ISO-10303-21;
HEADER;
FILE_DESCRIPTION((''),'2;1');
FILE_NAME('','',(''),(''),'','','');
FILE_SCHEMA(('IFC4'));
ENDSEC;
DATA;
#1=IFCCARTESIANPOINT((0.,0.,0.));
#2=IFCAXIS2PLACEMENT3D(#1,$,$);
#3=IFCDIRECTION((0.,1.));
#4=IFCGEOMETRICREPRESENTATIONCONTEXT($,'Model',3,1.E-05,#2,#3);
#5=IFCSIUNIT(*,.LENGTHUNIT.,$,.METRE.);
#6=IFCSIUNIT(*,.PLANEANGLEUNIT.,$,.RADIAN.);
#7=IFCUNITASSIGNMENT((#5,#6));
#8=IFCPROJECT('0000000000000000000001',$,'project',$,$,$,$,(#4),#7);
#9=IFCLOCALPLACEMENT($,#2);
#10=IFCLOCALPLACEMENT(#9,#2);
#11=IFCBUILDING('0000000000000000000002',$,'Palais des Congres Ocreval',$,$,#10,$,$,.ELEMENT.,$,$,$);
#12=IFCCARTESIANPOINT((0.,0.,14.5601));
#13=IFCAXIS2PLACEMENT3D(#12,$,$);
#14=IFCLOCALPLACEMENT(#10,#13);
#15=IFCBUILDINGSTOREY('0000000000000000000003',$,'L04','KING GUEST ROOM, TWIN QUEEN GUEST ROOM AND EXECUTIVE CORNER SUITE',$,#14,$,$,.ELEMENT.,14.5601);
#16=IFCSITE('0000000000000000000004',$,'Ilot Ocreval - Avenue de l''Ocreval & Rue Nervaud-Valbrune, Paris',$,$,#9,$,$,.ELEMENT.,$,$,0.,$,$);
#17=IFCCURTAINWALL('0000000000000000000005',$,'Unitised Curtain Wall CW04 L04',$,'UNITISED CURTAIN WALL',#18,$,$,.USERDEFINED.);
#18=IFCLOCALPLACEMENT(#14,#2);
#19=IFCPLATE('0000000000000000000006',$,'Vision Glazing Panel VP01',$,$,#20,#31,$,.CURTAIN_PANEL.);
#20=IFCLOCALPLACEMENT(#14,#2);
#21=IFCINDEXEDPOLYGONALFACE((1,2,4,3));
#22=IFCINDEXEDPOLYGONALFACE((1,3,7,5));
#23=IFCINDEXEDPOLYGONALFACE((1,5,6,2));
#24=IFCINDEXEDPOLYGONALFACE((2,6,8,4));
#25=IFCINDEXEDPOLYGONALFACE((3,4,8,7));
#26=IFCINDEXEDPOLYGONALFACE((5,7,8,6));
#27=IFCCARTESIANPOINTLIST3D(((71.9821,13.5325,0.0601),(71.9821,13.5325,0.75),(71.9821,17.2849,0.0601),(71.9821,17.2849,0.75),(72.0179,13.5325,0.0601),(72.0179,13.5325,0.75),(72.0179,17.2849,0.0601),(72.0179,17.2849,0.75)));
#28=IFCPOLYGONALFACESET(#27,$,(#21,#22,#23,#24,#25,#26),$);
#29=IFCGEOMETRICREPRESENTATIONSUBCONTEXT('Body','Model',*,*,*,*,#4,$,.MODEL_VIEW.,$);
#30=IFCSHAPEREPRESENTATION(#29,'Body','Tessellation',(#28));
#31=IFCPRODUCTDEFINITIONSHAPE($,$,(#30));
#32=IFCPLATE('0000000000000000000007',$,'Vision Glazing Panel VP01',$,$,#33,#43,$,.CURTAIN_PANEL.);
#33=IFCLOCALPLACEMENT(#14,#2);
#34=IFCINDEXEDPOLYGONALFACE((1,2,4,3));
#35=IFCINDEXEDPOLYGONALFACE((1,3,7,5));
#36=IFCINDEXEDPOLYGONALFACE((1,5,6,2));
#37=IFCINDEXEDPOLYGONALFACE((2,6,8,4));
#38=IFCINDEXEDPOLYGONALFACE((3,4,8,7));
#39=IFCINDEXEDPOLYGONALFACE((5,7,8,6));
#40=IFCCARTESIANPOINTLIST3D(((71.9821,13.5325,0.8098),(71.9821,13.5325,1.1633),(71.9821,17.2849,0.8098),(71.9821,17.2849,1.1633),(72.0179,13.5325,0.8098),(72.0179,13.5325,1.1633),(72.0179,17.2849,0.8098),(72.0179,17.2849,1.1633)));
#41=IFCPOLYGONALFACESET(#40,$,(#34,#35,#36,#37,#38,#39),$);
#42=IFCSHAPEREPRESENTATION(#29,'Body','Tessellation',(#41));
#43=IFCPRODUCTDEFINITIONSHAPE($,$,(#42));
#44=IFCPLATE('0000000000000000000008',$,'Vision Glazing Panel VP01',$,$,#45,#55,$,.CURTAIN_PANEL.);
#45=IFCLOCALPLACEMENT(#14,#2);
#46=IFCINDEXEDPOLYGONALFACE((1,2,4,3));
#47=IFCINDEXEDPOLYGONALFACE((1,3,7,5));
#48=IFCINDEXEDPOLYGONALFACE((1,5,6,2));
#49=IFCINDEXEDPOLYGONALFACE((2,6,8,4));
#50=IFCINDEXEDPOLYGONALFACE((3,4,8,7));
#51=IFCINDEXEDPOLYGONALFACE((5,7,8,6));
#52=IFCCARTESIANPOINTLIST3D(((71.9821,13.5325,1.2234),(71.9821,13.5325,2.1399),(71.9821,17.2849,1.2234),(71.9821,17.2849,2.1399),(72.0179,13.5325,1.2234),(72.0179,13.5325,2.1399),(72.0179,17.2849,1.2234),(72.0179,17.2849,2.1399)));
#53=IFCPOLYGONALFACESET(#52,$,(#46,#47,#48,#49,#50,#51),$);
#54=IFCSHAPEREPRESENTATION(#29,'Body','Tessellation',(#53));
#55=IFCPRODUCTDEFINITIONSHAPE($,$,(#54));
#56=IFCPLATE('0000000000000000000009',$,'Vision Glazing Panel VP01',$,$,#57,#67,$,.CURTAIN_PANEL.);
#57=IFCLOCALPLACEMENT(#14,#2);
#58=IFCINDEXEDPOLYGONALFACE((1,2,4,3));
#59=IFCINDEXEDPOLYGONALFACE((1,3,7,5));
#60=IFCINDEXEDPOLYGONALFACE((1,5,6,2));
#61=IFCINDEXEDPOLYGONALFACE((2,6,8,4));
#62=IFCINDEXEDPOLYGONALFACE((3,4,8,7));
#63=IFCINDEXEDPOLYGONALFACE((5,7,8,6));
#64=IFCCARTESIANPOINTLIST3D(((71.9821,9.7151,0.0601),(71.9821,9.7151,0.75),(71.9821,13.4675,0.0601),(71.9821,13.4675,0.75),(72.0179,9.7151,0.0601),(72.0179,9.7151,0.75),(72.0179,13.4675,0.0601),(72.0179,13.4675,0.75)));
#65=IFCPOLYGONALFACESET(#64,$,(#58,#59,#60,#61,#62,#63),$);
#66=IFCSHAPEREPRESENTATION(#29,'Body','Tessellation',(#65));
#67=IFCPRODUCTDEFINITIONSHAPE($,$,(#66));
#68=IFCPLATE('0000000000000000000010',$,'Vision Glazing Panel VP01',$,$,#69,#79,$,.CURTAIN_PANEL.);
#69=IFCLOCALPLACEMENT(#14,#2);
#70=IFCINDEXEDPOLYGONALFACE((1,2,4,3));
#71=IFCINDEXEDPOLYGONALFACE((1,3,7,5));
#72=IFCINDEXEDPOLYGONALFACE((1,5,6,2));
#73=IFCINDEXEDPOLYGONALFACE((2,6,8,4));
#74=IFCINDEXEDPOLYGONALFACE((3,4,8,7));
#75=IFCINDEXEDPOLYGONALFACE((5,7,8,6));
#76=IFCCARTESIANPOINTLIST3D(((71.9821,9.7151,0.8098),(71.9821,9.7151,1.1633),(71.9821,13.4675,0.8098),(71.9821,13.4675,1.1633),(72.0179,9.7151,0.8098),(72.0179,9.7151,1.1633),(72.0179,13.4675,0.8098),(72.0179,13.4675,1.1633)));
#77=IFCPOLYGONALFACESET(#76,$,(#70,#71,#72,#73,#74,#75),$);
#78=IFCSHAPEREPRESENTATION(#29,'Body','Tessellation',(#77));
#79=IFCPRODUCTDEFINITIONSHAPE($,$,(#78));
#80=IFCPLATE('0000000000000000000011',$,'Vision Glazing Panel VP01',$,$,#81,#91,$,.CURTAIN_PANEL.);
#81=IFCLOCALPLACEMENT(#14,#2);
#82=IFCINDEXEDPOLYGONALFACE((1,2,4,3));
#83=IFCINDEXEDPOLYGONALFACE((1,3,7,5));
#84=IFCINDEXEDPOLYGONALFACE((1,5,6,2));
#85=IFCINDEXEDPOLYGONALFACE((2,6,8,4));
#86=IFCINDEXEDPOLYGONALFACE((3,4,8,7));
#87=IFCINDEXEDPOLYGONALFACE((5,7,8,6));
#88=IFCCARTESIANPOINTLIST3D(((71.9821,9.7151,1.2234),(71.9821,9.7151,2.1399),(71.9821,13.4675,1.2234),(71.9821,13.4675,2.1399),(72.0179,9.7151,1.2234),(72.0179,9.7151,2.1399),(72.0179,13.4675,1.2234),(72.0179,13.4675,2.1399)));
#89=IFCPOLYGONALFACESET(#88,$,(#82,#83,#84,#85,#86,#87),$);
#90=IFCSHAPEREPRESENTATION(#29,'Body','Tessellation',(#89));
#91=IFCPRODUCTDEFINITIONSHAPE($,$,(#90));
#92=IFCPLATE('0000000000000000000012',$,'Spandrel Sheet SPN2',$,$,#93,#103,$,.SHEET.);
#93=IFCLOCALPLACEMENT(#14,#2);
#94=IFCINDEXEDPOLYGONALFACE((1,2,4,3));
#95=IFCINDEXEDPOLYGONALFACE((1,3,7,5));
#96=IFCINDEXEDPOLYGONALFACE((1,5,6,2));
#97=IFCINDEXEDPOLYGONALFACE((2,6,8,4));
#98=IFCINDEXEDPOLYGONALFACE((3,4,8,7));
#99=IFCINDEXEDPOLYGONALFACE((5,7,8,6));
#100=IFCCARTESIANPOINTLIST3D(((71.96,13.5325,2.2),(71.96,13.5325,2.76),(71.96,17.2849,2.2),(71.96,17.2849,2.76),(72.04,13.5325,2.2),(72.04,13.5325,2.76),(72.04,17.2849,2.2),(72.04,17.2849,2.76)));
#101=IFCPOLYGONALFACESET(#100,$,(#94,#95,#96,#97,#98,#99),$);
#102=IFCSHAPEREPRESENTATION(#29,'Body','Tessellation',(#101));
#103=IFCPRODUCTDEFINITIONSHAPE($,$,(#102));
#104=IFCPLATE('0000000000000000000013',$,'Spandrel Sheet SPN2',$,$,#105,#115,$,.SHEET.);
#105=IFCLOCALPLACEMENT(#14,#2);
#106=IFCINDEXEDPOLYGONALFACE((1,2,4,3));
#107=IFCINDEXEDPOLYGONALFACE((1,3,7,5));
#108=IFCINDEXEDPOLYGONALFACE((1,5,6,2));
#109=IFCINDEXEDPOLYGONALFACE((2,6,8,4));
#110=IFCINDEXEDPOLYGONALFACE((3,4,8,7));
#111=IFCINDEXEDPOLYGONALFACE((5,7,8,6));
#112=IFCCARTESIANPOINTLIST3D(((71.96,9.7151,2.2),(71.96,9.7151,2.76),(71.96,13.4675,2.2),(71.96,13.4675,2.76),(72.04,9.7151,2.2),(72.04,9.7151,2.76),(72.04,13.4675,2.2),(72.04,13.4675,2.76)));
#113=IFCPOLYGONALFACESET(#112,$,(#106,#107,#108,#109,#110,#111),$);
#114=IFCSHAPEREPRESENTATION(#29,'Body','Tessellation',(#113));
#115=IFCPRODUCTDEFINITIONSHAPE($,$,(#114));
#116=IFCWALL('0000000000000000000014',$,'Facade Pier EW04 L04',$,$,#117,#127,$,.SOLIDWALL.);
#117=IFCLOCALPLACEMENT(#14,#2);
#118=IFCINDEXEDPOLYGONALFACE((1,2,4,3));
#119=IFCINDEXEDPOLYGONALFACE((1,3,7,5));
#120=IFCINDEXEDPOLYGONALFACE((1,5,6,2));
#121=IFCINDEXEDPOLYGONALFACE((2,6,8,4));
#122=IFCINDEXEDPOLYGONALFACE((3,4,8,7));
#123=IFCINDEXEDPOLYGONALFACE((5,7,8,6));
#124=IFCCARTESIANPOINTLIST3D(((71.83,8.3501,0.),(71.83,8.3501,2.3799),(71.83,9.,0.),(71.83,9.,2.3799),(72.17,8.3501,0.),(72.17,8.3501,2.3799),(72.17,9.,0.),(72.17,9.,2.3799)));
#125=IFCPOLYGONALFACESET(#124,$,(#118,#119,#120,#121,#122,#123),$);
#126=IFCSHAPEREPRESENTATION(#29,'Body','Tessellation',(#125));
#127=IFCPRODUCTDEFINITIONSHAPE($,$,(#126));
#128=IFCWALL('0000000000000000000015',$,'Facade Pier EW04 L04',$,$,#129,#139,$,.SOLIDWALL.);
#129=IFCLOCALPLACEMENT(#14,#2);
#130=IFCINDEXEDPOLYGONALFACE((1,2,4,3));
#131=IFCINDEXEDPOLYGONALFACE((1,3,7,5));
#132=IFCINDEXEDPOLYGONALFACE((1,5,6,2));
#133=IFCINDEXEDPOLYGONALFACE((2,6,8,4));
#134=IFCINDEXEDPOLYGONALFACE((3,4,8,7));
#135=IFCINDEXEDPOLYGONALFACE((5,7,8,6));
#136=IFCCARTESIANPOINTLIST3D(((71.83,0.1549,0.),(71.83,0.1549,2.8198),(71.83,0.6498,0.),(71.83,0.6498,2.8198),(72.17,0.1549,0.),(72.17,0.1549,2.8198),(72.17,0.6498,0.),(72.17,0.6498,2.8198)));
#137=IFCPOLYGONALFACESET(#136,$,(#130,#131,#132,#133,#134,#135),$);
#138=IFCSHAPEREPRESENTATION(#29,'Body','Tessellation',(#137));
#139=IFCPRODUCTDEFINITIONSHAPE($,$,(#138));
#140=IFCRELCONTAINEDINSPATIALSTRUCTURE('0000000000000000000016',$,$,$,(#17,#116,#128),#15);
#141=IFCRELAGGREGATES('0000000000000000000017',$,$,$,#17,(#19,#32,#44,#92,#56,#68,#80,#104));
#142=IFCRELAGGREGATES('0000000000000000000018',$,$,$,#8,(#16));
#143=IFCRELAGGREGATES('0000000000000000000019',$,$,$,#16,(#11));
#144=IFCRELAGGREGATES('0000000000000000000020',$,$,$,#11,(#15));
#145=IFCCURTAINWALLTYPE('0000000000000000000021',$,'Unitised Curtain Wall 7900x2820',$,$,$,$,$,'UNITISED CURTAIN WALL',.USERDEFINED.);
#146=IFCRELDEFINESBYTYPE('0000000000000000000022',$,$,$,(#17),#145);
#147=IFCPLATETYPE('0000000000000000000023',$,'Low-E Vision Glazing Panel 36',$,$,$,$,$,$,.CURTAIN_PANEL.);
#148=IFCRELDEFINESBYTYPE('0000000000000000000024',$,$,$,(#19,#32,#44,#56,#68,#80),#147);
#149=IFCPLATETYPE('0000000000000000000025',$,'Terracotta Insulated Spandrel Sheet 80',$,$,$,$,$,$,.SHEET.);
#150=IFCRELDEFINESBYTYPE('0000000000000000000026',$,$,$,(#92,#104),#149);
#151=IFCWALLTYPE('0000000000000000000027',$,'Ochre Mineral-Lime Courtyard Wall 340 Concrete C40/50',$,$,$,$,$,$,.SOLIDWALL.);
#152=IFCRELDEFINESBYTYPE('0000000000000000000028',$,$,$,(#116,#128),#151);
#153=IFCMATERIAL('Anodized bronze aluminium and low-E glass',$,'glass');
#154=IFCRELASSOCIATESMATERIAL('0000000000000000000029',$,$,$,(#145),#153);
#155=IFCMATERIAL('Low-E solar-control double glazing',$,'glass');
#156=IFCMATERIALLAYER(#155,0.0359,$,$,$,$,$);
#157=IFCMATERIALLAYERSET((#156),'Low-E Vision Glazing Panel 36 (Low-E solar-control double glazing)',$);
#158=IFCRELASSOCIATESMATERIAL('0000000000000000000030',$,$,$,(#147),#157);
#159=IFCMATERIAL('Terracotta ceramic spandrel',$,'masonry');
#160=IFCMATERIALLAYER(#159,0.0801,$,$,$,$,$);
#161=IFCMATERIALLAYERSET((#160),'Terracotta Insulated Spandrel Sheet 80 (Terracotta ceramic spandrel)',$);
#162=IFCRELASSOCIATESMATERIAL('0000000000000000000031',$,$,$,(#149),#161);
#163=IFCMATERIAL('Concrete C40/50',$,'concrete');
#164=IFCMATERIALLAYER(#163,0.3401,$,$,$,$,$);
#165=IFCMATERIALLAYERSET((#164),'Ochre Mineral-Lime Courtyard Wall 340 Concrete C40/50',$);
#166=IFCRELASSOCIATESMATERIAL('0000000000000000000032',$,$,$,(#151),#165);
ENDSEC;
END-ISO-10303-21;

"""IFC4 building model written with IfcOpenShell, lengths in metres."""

from ifc_helpers import new_model, si_unit, direction, frame, frame_2d, origin, origin_2d, place, context, subcontext, project, spatial, rectangle, extrude, material, layer, layer_set, type_object, element, aggregate, save


model = new_model("IFC4")

# Units and contexts
model_context = context("Model", 3, precision=1e-05, world=origin(), true_north=direction((0.0, 1.0)))
body_context = subcontext(model_context, "Body", "Model", "MODEL_VIEW")
ifc_project = project(units=[si_unit("LENGTHUNIT", "METRE"), si_unit("PLANEANGLEUNIT", "RADIAN")], contexts=[model_context])

# Site, building, storey
site_placement = place(None, origin())
site = spatial("IfcSite", under=ifc_project, at=site_placement, Name="Ilot Ocreval - Avenue de l'Ocreval & Rue Nervaud-Valbrune, Paris", CompositionType="ELEMENT", RefElevation=0.0)
building_placement = place(site_placement, origin())
building = spatial("IfcBuilding", under=site, at=building_placement, Name="Palais des Congres Ocreval", CompositionType="ELEMENT")
storey_placement = place(building_placement, frame((0.0, 0.0, 14.5601)))
storey = spatial("IfcBuildingStorey", under=building, at=storey_placement, Name="L04", Description="KING GUEST ROOM, TWIN QUEEN GUEST ROOM AND EXECUTIVE CORNER SUITE", CompositionType="ELEMENT", Elevation=14.5601)

# Curtain wall
ifc_material_1 = material(Name="Anodized bronze aluminium and low-E glass", Category="glass")
curtain_wall_type = type_object("IfcCurtainWallType", Name="Unitised Curtain Wall 7900x2820", ElementType="UNITISED CURTAIN WALL", PredefinedType="USERDEFINED", material=ifc_material_1)
curtain_wall_1_placement = place(storey_placement, origin())
curtain_wall_1 = element("IfcCurtainWall", 1, at=curtain_wall_1_placement, inside=storey, type_object=curtain_wall_type, Name="Unitised Curtain Wall CW04 L04", ObjectType="UNITISED CURTAIN WALL", PredefinedType="USERDEFINED")

# Plates
ifc_material_2 = material(Name="Low-E solar-control double glazing", Category="glass")
ifc_layer_1 = layer(ifc_material_2, 0.0359)
ifc_layer_set_1 = layer_set([ifc_layer_1], Name="Low-E Vision Glazing Panel 36 (Low-E solar-control double glazing)")
plate_type_1 = type_object("IfcPlateType", Name="Low-E Vision Glazing Panel 36", PredefinedType="CURTAIN_PANEL", material=ifc_layer_set_1)
plate_1_placement = place(storey_placement, frame((72.0, 15.4087, 0.0601), z_axis=(0.0, 0.0, 1.0), x_axis=(0.0, -1.0, 0.0)))
plate_1 = element("IfcPlate", 2, at=plate_1_placement, type_object=plate_type_1, Name="Vision Glazing Panel VP01", PredefinedType="CURTAIN_PANEL", context=body_context, shape_type="SweptSolid", body=[
    extrude(rectangle(XDim=3.7524, YDim=0.0359, at=origin_2d()), origin(), (0.0, 0.0, 1.0), 0.6899),
])
plate_2_placement = place(storey_placement, frame((72.0, 15.4087, 0.8098), z_axis=(0.0, 0.0, 1.0), x_axis=(0.0, -1.0, 0.0)))
plate_2 = element("IfcPlate", 3, at=plate_2_placement, type_object=plate_type_1, Name="Vision Glazing Panel VP01", PredefinedType="CURTAIN_PANEL", context=body_context, shape_type="SweptSolid", body=[
    extrude(rectangle(XDim=3.7524, YDim=0.0359, at=origin_2d()), origin(), (0.0, 0.0, 1.0), 0.3535),
])
plate_3_placement = place(storey_placement, frame((72.0, 15.4087, 1.2234), z_axis=(0.0, 0.0, 1.0), x_axis=(0.0, -1.0, 0.0)))
plate_3 = element("IfcPlate", 4, at=plate_3_placement, type_object=plate_type_1, Name="Vision Glazing Panel VP01", PredefinedType="CURTAIN_PANEL", context=body_context, shape_type="SweptSolid", body=[
    extrude(rectangle(XDim=3.7524, YDim=0.0359, at=origin_2d()), origin(), (0.0, 0.0, 1.0), 0.9165),
])
plate_4_placement = place(storey_placement, frame((72.0, 11.5913, 0.0601), z_axis=(0.0, 0.0, 1.0), x_axis=(0.0, -1.0, 0.0)))
plate_4 = element("IfcPlate", 5, at=plate_4_placement, type_object=plate_type_1, Name="Vision Glazing Panel VP01", PredefinedType="CURTAIN_PANEL", context=body_context, shape_type="SweptSolid", body=[
    extrude(rectangle(XDim=3.7524, YDim=0.0359, at=origin_2d()), origin(), (0.0, 0.0, 1.0), 0.6899),
])
plate_5_placement = place(storey_placement, frame((72.0, 11.5913, 0.8098), z_axis=(0.0, 0.0, 1.0), x_axis=(0.0, -1.0, 0.0)))
plate_5 = element("IfcPlate", 6, at=plate_5_placement, type_object=plate_type_1, Name="Vision Glazing Panel VP01", PredefinedType="CURTAIN_PANEL", context=body_context, shape_type="SweptSolid", body=[
    extrude(rectangle(XDim=3.7524, YDim=0.0359, at=origin_2d()), origin(), (0.0, 0.0, 1.0), 0.3535),
])
plate_6_placement = place(storey_placement, frame((72.0, 11.5913, 1.2234), z_axis=(0.0, 0.0, 1.0), x_axis=(0.0, -1.0, 0.0)))
plate_6 = element("IfcPlate", 7, at=plate_6_placement, type_object=plate_type_1, Name="Vision Glazing Panel VP01", PredefinedType="CURTAIN_PANEL", context=body_context, shape_type="SweptSolid", body=[
    extrude(rectangle(XDim=3.7524, YDim=0.0359, at=origin_2d()), origin(), (0.0, 0.0, 1.0), 0.9165),
])
ifc_material_3 = material(Name="Terracotta ceramic spandrel", Category="masonry")
ifc_layer_2 = layer(ifc_material_3, 0.0801)
ifc_layer_set_2 = layer_set([ifc_layer_2], Name="Terracotta Insulated Spandrel Sheet 80 (Terracotta ceramic spandrel)")
plate_type_2 = type_object("IfcPlateType", Name="Terracotta Insulated Spandrel Sheet 80", PredefinedType="SHEET", material=ifc_layer_set_2)
plate_7_placement = place(storey_placement, frame((72.0, 15.4087, 2.2), z_axis=(0.0, 0.0, 1.0), x_axis=(0.0, -1.0, 0.0)))
plate_7 = element("IfcPlate", 8, at=plate_7_placement, type_object=plate_type_2, Name="Spandrel Sheet SPN2", PredefinedType="SHEET", context=body_context, shape_type="SweptSolid", body=[
    extrude(rectangle(XDim=3.7524, YDim=0.0801, at=origin_2d()), origin(), (0.0, 0.0, 1.0), 0.5601),
])
plate_8_placement = place(storey_placement, frame((72.0, 11.5913, 2.2), z_axis=(0.0, 0.0, 1.0), x_axis=(0.0, -1.0, 0.0)))
plate_8 = element("IfcPlate", 9, at=plate_8_placement, type_object=plate_type_2, Name="Spandrel Sheet SPN2", PredefinedType="SHEET", context=body_context, shape_type="SweptSolid", body=[
    extrude(rectangle(XDim=3.7524, YDim=0.0801, at=origin_2d()), origin(), (0.0, 0.0, 1.0), 0.5601),
])
aggregate(curtain_wall_1, [plate_1, plate_2, plate_3, plate_7, plate_4, plate_5, plate_6, plate_8])

# Walls
ifc_material_4 = material(Name="Concrete C40/50", Category="concrete")
ifc_layer_3 = layer(ifc_material_4, 0.3401)
ifc_layer_set_3 = layer_set([ifc_layer_3], Name="Ochre Mineral-Lime Courtyard Wall 340 Concrete C40/50")
wall_type = type_object("IfcWallType", Name="Ochre Mineral-Lime Courtyard Wall 340 Concrete C40/50", PredefinedType="SOLIDWALL", material=ifc_layer_set_3)
wall_1_placement = place(storey_placement, frame((72.0, 9.0, 0.0), z_axis=(0.0, 0.0, 1.0), x_axis=(0.0, -1.0, 0.0)))
element("IfcWall", 10, at=wall_1_placement, inside=storey, type_object=wall_type, Name="Facade Pier EW04 L04", PredefinedType="SOLIDWALL", context=body_context, shape_type="SweptSolid", body=[
    extrude(rectangle(XDim=0.6499, YDim=0.3401, at=frame_2d((0.325, 0.0))), origin(), (0.0, 0.0, 1.0), 2.3799),
])
wall_2_placement = place(storey_placement, frame((72.0, 0.6499, 0.0), z_axis=(0.0, 0.0, 1.0), x_axis=(0.0, -1.0, 0.0)))
element("IfcWall", 11, at=wall_2_placement, inside=storey, type_object=wall_type, Name="Facade Pier EW04 L04", PredefinedType="SOLIDWALL", context=body_context, shape_type="SweptSolid", body=[
    extrude(rectangle(XDim=0.4949, YDim=0.3401, at=frame_2d((0.2476, 0.0))), origin(), (0.0, 0.0, 1.0), 2.8198),
])

save(model, "model.ifc")
